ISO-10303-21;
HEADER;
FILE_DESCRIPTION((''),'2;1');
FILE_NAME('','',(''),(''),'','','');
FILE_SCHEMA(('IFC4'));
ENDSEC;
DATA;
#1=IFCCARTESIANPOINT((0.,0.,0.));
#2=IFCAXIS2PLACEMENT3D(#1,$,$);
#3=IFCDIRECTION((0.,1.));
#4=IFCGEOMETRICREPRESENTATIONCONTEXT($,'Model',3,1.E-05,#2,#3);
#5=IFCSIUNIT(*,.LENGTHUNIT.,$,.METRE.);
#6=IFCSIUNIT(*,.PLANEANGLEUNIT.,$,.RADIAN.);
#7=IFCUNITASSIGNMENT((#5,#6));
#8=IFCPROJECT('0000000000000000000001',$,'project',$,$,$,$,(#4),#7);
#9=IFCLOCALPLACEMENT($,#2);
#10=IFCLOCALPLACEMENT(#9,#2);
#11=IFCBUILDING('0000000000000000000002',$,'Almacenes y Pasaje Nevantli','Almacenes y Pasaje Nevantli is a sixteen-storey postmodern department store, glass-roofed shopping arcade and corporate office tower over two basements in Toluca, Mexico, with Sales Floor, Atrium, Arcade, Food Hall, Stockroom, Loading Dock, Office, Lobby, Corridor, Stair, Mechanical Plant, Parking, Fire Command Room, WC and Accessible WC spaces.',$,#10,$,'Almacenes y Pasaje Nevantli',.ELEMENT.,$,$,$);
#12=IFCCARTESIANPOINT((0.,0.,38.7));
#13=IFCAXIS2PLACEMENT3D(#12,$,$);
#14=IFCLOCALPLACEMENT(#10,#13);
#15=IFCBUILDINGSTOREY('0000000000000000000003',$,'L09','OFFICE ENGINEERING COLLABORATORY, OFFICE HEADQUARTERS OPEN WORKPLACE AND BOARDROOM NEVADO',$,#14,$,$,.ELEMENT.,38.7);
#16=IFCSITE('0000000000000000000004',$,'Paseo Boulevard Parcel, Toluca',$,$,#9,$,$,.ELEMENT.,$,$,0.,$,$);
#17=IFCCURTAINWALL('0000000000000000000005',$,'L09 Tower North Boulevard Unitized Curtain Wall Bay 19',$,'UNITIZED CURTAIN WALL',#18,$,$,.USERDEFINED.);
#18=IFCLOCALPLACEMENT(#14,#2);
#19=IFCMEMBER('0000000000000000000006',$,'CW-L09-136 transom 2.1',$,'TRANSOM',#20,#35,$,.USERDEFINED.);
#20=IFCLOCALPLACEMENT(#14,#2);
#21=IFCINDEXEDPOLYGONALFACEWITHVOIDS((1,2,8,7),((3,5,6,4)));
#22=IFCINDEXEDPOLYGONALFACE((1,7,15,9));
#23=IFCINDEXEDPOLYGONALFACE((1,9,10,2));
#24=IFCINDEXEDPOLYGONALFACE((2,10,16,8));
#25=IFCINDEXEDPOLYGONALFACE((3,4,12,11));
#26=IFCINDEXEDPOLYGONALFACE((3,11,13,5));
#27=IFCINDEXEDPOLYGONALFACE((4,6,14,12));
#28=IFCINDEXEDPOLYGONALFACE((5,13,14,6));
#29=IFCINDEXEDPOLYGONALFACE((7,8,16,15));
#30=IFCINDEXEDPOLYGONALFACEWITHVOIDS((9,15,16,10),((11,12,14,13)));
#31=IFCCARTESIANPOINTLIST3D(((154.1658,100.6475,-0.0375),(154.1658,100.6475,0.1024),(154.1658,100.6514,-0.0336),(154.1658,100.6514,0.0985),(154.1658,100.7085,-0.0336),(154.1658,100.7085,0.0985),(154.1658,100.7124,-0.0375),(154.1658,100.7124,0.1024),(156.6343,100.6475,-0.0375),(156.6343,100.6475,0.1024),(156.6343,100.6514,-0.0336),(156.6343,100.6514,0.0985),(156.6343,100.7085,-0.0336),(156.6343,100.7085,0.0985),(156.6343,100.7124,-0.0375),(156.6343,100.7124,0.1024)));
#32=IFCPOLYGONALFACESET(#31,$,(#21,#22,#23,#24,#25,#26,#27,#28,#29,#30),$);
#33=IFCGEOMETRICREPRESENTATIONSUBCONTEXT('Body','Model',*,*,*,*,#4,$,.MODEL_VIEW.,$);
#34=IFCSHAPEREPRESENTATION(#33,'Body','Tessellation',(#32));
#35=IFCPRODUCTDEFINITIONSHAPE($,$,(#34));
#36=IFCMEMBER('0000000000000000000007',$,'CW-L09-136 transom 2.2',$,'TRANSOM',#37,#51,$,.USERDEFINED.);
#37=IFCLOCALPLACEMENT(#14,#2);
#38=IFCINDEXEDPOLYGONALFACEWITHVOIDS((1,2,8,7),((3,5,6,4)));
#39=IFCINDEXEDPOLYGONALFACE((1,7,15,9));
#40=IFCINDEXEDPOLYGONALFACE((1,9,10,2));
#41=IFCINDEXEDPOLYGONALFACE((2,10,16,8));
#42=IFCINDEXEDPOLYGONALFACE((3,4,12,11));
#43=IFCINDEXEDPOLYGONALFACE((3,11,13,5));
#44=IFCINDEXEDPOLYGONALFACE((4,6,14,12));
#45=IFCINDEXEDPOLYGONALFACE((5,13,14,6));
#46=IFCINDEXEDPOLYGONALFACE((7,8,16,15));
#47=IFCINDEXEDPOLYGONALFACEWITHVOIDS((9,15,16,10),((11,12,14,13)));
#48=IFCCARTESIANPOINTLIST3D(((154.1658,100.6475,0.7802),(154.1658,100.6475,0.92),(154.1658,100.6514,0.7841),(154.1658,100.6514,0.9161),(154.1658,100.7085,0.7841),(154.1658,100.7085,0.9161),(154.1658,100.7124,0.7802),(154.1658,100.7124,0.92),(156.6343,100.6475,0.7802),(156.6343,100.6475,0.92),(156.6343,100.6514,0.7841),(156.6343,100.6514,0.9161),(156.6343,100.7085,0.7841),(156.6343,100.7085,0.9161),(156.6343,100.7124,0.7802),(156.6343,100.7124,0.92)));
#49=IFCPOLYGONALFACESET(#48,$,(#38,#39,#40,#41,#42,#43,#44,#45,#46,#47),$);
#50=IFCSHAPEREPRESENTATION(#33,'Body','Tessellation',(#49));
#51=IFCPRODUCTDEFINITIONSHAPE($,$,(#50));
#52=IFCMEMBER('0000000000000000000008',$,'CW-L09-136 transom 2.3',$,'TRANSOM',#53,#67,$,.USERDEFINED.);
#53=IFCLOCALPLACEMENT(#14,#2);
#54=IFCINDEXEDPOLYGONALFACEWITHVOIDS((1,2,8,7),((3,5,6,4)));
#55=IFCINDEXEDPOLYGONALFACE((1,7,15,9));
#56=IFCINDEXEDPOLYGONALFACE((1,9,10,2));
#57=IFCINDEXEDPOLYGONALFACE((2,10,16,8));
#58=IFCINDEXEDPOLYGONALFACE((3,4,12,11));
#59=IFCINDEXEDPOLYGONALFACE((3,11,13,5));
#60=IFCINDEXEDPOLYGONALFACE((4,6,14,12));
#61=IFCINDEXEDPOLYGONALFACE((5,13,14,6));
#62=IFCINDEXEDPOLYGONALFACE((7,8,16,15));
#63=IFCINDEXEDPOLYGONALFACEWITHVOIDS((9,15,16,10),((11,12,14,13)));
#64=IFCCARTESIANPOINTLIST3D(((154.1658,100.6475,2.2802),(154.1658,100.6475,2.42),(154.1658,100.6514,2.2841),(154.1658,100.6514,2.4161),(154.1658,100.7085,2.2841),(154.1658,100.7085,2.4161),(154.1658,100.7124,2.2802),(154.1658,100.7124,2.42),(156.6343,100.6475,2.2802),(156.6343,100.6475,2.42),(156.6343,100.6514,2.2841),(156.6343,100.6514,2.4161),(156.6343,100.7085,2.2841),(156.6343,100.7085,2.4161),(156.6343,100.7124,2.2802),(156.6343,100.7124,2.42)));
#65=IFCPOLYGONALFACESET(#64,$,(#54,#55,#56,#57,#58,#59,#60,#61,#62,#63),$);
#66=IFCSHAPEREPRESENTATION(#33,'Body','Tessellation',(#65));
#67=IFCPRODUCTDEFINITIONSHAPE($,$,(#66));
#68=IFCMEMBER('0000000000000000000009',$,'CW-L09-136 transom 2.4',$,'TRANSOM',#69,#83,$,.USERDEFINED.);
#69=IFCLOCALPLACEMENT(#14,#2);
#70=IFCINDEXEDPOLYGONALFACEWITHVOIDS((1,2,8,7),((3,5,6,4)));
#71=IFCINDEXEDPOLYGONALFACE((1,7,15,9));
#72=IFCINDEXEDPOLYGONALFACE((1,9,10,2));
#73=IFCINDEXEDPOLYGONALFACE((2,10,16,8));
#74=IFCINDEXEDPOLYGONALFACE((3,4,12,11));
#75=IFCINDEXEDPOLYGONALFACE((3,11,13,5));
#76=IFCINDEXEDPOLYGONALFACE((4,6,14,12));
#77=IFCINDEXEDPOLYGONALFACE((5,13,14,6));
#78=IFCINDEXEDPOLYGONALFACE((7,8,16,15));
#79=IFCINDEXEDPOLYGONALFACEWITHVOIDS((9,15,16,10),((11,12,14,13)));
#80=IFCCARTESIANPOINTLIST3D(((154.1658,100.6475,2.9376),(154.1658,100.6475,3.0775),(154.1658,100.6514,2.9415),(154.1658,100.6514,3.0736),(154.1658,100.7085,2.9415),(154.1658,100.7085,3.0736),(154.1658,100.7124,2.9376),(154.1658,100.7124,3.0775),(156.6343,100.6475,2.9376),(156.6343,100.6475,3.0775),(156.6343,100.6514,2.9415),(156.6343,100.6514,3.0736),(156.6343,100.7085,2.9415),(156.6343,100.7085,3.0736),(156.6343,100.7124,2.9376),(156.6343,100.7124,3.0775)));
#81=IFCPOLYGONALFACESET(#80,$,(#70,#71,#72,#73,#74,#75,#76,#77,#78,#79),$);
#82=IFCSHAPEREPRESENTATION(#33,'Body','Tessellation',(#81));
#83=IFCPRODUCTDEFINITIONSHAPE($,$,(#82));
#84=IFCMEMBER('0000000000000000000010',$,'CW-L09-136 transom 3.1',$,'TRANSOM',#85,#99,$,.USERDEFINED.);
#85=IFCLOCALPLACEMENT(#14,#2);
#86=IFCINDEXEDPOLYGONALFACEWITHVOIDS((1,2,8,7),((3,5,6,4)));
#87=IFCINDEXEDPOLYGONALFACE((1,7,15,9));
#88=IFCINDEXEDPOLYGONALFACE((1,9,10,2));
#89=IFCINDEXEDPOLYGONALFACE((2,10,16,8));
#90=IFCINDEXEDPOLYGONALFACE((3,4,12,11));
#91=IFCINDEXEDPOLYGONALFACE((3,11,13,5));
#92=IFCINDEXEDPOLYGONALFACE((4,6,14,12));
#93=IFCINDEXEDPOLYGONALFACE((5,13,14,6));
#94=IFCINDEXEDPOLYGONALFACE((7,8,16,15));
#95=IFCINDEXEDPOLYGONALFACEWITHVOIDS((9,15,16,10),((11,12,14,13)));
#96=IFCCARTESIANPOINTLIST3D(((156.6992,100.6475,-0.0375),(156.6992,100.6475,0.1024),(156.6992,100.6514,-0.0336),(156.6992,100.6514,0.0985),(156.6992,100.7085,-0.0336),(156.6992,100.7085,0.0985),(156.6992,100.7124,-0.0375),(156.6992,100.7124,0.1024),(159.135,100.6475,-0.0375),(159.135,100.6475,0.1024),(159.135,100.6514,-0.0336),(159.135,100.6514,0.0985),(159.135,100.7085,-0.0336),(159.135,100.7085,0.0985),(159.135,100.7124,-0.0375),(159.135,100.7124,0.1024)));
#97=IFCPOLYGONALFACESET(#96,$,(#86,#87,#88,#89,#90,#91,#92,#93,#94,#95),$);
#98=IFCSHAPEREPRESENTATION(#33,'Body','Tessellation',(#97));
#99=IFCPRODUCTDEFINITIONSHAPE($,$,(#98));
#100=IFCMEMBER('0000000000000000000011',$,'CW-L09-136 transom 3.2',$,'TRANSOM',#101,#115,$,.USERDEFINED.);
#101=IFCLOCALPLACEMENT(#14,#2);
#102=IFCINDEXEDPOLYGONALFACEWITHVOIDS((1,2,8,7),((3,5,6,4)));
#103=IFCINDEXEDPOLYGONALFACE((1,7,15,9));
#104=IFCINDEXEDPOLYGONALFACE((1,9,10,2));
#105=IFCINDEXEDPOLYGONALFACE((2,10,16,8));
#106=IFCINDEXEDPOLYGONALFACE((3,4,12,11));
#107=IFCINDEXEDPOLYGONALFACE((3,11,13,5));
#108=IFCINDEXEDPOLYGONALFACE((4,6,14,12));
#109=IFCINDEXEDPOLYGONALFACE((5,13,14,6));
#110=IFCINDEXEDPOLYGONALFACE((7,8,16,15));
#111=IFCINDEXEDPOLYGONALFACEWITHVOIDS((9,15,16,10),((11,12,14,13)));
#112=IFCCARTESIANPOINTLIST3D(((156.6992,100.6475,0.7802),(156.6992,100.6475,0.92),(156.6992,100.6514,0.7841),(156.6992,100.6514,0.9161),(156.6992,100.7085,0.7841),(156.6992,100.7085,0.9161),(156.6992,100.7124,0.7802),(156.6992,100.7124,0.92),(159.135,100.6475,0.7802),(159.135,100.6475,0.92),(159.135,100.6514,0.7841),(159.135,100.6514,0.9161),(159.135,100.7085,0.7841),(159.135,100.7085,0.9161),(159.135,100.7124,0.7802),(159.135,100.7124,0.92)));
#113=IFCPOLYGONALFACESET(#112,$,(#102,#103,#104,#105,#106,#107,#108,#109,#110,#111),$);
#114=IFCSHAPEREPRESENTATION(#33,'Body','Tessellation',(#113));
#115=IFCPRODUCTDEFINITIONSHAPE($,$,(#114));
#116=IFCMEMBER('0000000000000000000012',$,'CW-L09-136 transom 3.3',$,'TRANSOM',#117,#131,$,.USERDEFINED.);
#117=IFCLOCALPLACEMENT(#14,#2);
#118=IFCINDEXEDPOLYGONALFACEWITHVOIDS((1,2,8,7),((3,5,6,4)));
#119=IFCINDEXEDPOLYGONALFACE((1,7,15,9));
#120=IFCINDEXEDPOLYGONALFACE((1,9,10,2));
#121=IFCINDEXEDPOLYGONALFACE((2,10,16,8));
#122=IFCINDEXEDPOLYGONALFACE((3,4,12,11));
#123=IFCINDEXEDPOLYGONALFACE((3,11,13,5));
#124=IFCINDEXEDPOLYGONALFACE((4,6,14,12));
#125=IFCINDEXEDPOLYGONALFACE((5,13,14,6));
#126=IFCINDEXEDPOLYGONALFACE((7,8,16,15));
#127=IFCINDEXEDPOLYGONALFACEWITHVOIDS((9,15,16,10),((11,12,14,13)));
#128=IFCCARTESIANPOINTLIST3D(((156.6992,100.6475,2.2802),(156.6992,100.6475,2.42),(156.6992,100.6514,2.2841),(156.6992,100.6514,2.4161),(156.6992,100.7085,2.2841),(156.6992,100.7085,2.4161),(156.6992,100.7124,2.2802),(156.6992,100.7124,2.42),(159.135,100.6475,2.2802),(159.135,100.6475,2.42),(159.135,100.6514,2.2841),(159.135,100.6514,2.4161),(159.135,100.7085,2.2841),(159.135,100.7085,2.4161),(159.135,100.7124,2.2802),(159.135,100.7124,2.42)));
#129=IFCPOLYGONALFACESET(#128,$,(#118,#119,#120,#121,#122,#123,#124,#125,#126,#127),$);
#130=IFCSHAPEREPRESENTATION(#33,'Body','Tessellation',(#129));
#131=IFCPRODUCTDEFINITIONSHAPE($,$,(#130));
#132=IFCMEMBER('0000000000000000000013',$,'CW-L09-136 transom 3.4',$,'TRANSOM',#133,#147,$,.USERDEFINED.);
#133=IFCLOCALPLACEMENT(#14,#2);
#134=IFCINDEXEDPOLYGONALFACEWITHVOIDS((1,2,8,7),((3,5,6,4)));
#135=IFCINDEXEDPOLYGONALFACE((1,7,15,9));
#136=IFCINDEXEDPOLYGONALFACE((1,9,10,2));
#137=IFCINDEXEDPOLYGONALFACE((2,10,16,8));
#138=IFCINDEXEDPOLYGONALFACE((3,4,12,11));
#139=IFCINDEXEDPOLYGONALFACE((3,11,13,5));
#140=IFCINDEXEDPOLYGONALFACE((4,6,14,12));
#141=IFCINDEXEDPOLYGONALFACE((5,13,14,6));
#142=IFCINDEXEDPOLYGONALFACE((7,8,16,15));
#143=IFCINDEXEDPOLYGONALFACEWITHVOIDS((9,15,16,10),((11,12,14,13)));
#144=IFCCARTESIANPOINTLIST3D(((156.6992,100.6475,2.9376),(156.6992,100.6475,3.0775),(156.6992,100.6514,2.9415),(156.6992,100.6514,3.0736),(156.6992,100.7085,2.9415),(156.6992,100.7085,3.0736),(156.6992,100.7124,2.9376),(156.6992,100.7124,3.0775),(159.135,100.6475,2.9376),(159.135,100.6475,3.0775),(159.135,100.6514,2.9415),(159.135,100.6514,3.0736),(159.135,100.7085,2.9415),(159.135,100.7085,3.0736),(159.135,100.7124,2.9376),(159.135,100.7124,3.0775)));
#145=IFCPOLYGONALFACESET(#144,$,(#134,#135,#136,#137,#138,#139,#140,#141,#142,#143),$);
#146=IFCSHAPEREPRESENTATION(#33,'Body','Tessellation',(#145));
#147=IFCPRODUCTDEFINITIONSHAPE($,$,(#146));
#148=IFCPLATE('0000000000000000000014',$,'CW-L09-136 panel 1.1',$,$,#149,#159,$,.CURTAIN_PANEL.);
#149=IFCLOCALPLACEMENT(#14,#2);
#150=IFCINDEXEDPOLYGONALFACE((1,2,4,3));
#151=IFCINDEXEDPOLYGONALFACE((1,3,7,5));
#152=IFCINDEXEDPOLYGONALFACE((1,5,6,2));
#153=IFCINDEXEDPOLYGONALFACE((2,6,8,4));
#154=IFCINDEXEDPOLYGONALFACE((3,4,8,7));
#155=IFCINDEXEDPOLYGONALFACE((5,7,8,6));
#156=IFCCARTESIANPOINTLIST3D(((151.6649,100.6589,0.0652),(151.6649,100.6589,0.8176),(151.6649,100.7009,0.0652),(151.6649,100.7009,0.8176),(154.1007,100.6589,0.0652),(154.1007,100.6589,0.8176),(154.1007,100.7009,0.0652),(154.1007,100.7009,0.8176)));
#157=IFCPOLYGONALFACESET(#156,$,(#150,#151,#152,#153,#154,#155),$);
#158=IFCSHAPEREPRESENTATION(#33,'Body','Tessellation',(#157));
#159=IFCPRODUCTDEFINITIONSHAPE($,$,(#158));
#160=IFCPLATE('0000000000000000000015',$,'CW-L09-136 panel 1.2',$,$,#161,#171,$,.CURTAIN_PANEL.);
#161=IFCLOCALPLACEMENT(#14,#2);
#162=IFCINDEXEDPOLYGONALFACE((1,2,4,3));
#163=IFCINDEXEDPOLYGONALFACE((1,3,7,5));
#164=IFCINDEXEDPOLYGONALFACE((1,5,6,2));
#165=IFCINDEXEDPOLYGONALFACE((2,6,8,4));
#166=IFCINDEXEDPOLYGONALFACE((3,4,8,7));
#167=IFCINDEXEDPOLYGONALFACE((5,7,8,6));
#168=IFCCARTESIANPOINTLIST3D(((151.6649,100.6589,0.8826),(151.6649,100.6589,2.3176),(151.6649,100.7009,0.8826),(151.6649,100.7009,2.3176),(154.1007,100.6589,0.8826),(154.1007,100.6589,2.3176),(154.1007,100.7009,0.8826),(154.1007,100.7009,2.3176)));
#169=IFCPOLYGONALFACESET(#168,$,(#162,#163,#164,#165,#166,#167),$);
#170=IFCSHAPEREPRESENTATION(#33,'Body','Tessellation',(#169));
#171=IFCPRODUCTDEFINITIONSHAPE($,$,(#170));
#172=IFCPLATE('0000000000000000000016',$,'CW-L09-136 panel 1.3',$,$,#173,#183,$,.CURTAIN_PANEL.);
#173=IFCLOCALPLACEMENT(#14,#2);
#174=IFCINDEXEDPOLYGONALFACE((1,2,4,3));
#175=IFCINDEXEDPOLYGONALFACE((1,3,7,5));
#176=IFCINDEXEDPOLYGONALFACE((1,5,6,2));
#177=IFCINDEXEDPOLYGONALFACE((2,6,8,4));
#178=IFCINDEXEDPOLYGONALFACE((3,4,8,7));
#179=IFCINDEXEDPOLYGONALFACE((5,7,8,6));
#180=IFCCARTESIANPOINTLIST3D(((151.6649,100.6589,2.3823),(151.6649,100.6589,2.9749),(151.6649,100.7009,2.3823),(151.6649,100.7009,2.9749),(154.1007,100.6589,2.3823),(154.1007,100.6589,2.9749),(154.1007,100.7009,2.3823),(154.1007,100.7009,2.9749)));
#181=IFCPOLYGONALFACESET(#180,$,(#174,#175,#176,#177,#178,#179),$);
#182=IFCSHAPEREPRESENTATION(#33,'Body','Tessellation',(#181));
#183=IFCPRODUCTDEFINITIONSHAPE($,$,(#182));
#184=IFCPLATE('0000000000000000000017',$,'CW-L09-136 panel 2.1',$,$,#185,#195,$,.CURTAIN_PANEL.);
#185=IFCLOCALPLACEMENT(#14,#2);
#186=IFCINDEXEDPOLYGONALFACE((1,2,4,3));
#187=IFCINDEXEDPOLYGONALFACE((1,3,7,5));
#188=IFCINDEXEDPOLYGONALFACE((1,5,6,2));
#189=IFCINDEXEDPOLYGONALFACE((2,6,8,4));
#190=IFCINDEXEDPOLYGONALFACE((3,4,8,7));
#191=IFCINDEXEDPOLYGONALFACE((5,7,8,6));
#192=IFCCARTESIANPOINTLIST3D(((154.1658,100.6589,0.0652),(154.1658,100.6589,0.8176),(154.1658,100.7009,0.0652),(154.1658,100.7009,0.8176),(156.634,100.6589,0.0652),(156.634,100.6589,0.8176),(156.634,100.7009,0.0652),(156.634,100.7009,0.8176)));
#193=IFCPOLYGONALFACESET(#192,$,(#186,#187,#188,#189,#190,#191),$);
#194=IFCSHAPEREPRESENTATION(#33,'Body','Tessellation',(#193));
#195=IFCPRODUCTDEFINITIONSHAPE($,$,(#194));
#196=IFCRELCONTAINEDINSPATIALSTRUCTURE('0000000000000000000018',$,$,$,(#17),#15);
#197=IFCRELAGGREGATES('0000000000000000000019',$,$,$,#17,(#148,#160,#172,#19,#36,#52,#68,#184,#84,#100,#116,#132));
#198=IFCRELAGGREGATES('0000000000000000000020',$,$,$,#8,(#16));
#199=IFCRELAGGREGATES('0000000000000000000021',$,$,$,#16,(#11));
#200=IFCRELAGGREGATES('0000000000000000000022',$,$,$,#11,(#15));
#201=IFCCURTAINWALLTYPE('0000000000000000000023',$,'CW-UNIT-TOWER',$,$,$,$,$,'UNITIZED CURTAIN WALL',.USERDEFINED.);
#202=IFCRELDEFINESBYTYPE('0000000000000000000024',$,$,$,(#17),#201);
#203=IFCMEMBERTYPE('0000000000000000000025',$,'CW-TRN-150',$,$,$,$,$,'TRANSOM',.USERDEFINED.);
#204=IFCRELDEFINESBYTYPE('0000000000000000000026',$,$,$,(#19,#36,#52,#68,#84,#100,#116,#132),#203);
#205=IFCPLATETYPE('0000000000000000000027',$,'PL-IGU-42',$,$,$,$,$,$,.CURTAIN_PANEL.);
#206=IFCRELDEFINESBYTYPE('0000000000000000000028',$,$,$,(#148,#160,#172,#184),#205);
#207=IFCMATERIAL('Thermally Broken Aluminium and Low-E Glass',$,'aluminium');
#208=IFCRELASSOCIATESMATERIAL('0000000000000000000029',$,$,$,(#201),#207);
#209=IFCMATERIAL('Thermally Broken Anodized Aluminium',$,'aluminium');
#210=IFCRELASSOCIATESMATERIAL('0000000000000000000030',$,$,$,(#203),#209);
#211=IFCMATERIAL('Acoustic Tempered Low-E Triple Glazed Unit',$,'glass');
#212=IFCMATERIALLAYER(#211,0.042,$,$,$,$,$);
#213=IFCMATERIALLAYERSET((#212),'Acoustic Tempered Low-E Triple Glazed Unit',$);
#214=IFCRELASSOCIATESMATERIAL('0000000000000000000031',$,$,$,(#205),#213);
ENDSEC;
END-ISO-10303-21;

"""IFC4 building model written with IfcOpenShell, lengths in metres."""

from ifc_helpers import new_model, si_unit, direction, frame, origin, origin_2d, place, context, subcontext, project, spatial, rectangle, hollow_rectangle, extrude, material, layer, layer_set, material_profile, profile_set, type_object, element, aggregate, save


model = new_model("IFC4")

# Units and contexts
model_context = context("Model", 3, precision=1e-05, world=origin(), true_north=direction((0.0, 1.0)))
body_context = subcontext(model_context, "Body", "Model", "MODEL_VIEW")
ifc_project = project(units=[si_unit("LENGTHUNIT", "METRE"), si_unit("PLANEANGLEUNIT", "RADIAN")], contexts=[model_context])

# Site, building, storey
site_placement = place(None, origin())
site = spatial("IfcSite", under=ifc_project, at=site_placement, Name="Paseo Boulevard Parcel, Toluca", CompositionType="ELEMENT", RefElevation=0.0)
building_placement = place(site_placement, origin())
building = spatial("IfcBuilding", under=site, at=building_placement, Name="Almacenes y Pasaje Nevantli", Description="Almacenes y Pasaje Nevantli is a sixteen-storey postmodern department store, glass-roofed shopping arcade and corporate office tower over two basements in Toluca, Mexico, with Sales Floor, Atrium, Arcade, Food Hall, Stockroom, Loading Dock, Office, Lobby, Corridor, Stair, Mechanical Plant, Parking, Fire Command Room, WC and Accessible WC spaces.", LongName="Almacenes y Pasaje Nevantli", CompositionType="ELEMENT")
storey_placement = place(building_placement, frame((0.0, 0.0, 38.7)))
storey = spatial("IfcBuildingStorey", under=building, at=storey_placement, Name="L09", Description="OFFICE ENGINEERING COLLABORATORY, OFFICE HEADQUARTERS OPEN WORKPLACE AND BOARDROOM NEVADO", CompositionType="ELEMENT", Elevation=38.7)

# Shared definitions
ifc_material_1 = material(Name="Thermally Broken Aluminium and Low-E Glass", Category="aluminium")
curtain_wall_type = type_object("IfcCurtainWallType", Name="CW-UNIT-TOWER", ElementType="UNITIZED CURTAIN WALL", PredefinedType="USERDEFINED", material=ifc_material_1)

# Curtain wall, members, plates
curtain_wall_1_placement = place(storey_placement, origin())
curtain_wall_1 = element("IfcCurtainWall", 1, at=curtain_wall_1_placement, inside=storey, type_object=curtain_wall_type, Name="L09 Tower North Boulevard Unitized Curtain Wall Bay 19", ObjectType="UNITIZED CURTAIN WALL", PredefinedType="USERDEFINED")
ifc_material_2 = material(Name="Thermally Broken Anodized Aluminium", Category="aluminium")
ifc_material_profile_1 = material_profile(ifc_material_2, hollow_rectangle(XDim=0.0649, YDim=0.1399, WallThickness=0.0039, at=origin_2d()), Name="ALU-TRN-65x140")
ifc_profile_set_1 = profile_set([ifc_material_profile_1], Name="Thermally Broken Anodized Aluminium")
member_type_1 = type_object("IfcMemberType", Name="CW-TRN-150", ElementType="TRANSOM", PredefinedType="USERDEFINED", material=ifc_profile_set_1)
member_1_placement = place(storey_placement, frame((154.1658, 100.6799, 0.0325), z_axis=(1.0, 0.0, 0.0), x_axis=(0.0, 1.0, 0.0)))
member_1 = element("IfcMember", 2, at=member_1_placement, type_object=member_type_1, Name="CW-L09-136 transom 2.1", ObjectType="TRANSOM", PredefinedType="USERDEFINED", context=body_context, shape_type="SweptSolid", body=[
    extrude(hollow_rectangle(XDim=0.0649, YDim=0.1399, WallThickness=0.0039, at=origin_2d()), origin(), (0.0, 0.0, 1.0), 2.4685),
])
member_2_placement = place(storey_placement, frame((154.1658, 100.6799, 0.8501), z_axis=(1.0, 0.0, 0.0), x_axis=(0.0, 1.0, 0.0)))
member_2 = element("IfcMember", 3, at=member_2_placement, type_object=member_type_1, Name="CW-L09-136 transom 2.2", ObjectType="TRANSOM", PredefinedType="USERDEFINED", context=body_context, shape_type="SweptSolid", body=[
    extrude(hollow_rectangle(XDim=0.0649, YDim=0.1399, WallThickness=0.0039, at=origin_2d()), origin(), (0.0, 0.0, 1.0), 2.4685),
])
member_3_placement = place(storey_placement, frame((154.1658, 100.6799, 2.3501), z_axis=(1.0, 0.0, 0.0), x_axis=(0.0, 1.0, 0.0)))
member_3 = element("IfcMember", 4, at=member_3_placement, type_object=member_type_1, Name="CW-L09-136 transom 2.3", ObjectType="TRANSOM", PredefinedType="USERDEFINED", context=body_context, shape_type="SweptSolid", body=[
    extrude(hollow_rectangle(XDim=0.0649, YDim=0.1399, WallThickness=0.0039, at=origin_2d()), origin(), (0.0, 0.0, 1.0), 2.4685),
])
member_4_placement = place(storey_placement, frame((154.1658, 100.6799, 3.0076), z_axis=(1.0, 0.0, 0.0), x_axis=(0.0, 1.0, 0.0)))
member_4 = element("IfcMember", 5, at=member_4_placement, type_object=member_type_1, Name="CW-L09-136 transom 2.4", ObjectType="TRANSOM", PredefinedType="USERDEFINED", context=body_context, shape_type="SweptSolid", body=[
    extrude(hollow_rectangle(XDim=0.0649, YDim=0.1399, WallThickness=0.0039, at=origin_2d()), origin(), (0.0, 0.0, 1.0), 2.4685),
])
member_5_placement = place(storey_placement, frame((156.6992, 100.6799, 0.0325), z_axis=(1.0, 0.0, 0.0), x_axis=(0.0, 1.0, 0.0)))
member_5 = element("IfcMember", 6, at=member_5_placement, type_object=member_type_1, Name="CW-L09-136 transom 3.1", ObjectType="TRANSOM", PredefinedType="USERDEFINED", context=body_context, shape_type="SweptSolid", body=[
    extrude(hollow_rectangle(XDim=0.0649, YDim=0.1399, WallThickness=0.0039, at=origin_2d()), origin(), (0.0, 0.0, 1.0), 2.4358),
])
member_6_placement = place(storey_placement, frame((156.6992, 100.6799, 0.8501), z_axis=(1.0, 0.0, 0.0), x_axis=(0.0, 1.0, 0.0)))
member_6 = element("IfcMember", 7, at=member_6_placement, type_object=member_type_1, Name="CW-L09-136 transom 3.2", ObjectType="TRANSOM", PredefinedType="USERDEFINED", context=body_context, shape_type="SweptSolid", body=[
    extrude(hollow_rectangle(XDim=0.0649, YDim=0.1399, WallThickness=0.0039, at=origin_2d()), origin(), (0.0, 0.0, 1.0), 2.4358),
])
member_7_placement = place(storey_placement, frame((156.6992, 100.6799, 2.3501), z_axis=(1.0, 0.0, 0.0), x_axis=(0.0, 1.0, 0.0)))
member_7 = element("IfcMember", 8, at=member_7_placement, type_object=member_type_1, Name="CW-L09-136 transom 3.3", ObjectType="TRANSOM", PredefinedType="USERDEFINED", context=body_context, shape_type="SweptSolid", body=[
    extrude(hollow_rectangle(XDim=0.0649, YDim=0.1399, WallThickness=0.0039, at=origin_2d()), origin(), (0.0, 0.0, 1.0), 2.4358),
])
member_8_placement = place(storey_placement, frame((156.6992, 100.6799, 3.0076), z_axis=(1.0, 0.0, 0.0), x_axis=(0.0, 1.0, 0.0)))
member_8 = element("IfcMember", 9, at=member_8_placement, type_object=member_type_1, Name="CW-L09-136 transom 3.4", ObjectType="TRANSOM", PredefinedType="USERDEFINED", context=body_context, shape_type="SweptSolid", body=[
    extrude(hollow_rectangle(XDim=0.0649, YDim=0.1399, WallThickness=0.0039, at=origin_2d()), origin(), (0.0, 0.0, 1.0), 2.4358),
])
ifc_material_3 = material(Name="Acoustic Tempered Low-E Triple Glazed Unit", Category="glass")
ifc_layer = layer(ifc_material_3, 0.042)
ifc_layer_set = layer_set([ifc_layer], Name="Acoustic Tempered Low-E Triple Glazed Unit")
plate_type = type_object("IfcPlateType", Name="PL-IGU-42", PredefinedType="CURTAIN_PANEL", material=ifc_layer_set)
plate_1_placement = place(storey_placement, frame((152.8828, 100.6799, 0.0652), z_axis=(0.0, 0.0, 1.0), x_axis=(1.0, 0.0, 0.0)))
plate_1 = element("IfcPlate", 10, at=plate_1_placement, type_object=plate_type, Name="CW-L09-136 panel 1.1", PredefinedType="CURTAIN_PANEL", context=body_context, shape_type="SweptSolid", body=[
    extrude(rectangle(XDim=2.4358, YDim=0.042, at=origin_2d()), origin(), (0.0, 0.0, 1.0), 0.7524),
])
plate_2_placement = place(storey_placement, frame((152.8828, 100.6799, 0.8826), z_axis=(0.0, 0.0, 1.0), x_axis=(1.0, 0.0, 0.0)))
plate_2 = element("IfcPlate", 11, at=plate_2_placement, type_object=plate_type, Name="CW-L09-136 panel 1.2", PredefinedType="CURTAIN_PANEL", context=body_context, shape_type="SweptSolid", body=[
    extrude(rectangle(XDim=2.4358, YDim=0.042, at=origin_2d()), origin(), (0.0, 0.0, 1.0), 1.4351),
])
plate_3_placement = place(storey_placement, frame((152.8828, 100.6799, 2.3823), z_axis=(0.0, 0.0, 1.0), x_axis=(1.0, 0.0, 0.0)))
plate_3 = element("IfcPlate", 12, at=plate_3_placement, type_object=plate_type, Name="CW-L09-136 panel 1.3", PredefinedType="CURTAIN_PANEL", context=body_context, shape_type="SweptSolid", body=[
    extrude(rectangle(XDim=2.4358, YDim=0.042, at=origin_2d()), origin(), (0.0, 0.0, 1.0), 0.5925),
])
plate_4_placement = place(storey_placement, frame((155.3999, 100.6799, 0.0652), z_axis=(0.0, 0.0, 1.0), x_axis=(1.0, 0.0, 0.0)))
plate_4 = element("IfcPlate", 13, at=plate_4_placement, type_object=plate_type, Name="CW-L09-136 panel 2.1", PredefinedType="CURTAIN_PANEL", context=body_context, shape_type="SweptSolid", body=[
    extrude(rectangle(XDim=2.4683, YDim=0.042, at=origin_2d()), origin(), (0.0, 0.0, 1.0), 0.7524),
])
aggregate(curtain_wall_1, [plate_1, plate_2, plate_3, member_1, member_2, member_3, member_4, plate_4, member_5, member_6, member_7, member_8])

save(model, "model.ifc")
